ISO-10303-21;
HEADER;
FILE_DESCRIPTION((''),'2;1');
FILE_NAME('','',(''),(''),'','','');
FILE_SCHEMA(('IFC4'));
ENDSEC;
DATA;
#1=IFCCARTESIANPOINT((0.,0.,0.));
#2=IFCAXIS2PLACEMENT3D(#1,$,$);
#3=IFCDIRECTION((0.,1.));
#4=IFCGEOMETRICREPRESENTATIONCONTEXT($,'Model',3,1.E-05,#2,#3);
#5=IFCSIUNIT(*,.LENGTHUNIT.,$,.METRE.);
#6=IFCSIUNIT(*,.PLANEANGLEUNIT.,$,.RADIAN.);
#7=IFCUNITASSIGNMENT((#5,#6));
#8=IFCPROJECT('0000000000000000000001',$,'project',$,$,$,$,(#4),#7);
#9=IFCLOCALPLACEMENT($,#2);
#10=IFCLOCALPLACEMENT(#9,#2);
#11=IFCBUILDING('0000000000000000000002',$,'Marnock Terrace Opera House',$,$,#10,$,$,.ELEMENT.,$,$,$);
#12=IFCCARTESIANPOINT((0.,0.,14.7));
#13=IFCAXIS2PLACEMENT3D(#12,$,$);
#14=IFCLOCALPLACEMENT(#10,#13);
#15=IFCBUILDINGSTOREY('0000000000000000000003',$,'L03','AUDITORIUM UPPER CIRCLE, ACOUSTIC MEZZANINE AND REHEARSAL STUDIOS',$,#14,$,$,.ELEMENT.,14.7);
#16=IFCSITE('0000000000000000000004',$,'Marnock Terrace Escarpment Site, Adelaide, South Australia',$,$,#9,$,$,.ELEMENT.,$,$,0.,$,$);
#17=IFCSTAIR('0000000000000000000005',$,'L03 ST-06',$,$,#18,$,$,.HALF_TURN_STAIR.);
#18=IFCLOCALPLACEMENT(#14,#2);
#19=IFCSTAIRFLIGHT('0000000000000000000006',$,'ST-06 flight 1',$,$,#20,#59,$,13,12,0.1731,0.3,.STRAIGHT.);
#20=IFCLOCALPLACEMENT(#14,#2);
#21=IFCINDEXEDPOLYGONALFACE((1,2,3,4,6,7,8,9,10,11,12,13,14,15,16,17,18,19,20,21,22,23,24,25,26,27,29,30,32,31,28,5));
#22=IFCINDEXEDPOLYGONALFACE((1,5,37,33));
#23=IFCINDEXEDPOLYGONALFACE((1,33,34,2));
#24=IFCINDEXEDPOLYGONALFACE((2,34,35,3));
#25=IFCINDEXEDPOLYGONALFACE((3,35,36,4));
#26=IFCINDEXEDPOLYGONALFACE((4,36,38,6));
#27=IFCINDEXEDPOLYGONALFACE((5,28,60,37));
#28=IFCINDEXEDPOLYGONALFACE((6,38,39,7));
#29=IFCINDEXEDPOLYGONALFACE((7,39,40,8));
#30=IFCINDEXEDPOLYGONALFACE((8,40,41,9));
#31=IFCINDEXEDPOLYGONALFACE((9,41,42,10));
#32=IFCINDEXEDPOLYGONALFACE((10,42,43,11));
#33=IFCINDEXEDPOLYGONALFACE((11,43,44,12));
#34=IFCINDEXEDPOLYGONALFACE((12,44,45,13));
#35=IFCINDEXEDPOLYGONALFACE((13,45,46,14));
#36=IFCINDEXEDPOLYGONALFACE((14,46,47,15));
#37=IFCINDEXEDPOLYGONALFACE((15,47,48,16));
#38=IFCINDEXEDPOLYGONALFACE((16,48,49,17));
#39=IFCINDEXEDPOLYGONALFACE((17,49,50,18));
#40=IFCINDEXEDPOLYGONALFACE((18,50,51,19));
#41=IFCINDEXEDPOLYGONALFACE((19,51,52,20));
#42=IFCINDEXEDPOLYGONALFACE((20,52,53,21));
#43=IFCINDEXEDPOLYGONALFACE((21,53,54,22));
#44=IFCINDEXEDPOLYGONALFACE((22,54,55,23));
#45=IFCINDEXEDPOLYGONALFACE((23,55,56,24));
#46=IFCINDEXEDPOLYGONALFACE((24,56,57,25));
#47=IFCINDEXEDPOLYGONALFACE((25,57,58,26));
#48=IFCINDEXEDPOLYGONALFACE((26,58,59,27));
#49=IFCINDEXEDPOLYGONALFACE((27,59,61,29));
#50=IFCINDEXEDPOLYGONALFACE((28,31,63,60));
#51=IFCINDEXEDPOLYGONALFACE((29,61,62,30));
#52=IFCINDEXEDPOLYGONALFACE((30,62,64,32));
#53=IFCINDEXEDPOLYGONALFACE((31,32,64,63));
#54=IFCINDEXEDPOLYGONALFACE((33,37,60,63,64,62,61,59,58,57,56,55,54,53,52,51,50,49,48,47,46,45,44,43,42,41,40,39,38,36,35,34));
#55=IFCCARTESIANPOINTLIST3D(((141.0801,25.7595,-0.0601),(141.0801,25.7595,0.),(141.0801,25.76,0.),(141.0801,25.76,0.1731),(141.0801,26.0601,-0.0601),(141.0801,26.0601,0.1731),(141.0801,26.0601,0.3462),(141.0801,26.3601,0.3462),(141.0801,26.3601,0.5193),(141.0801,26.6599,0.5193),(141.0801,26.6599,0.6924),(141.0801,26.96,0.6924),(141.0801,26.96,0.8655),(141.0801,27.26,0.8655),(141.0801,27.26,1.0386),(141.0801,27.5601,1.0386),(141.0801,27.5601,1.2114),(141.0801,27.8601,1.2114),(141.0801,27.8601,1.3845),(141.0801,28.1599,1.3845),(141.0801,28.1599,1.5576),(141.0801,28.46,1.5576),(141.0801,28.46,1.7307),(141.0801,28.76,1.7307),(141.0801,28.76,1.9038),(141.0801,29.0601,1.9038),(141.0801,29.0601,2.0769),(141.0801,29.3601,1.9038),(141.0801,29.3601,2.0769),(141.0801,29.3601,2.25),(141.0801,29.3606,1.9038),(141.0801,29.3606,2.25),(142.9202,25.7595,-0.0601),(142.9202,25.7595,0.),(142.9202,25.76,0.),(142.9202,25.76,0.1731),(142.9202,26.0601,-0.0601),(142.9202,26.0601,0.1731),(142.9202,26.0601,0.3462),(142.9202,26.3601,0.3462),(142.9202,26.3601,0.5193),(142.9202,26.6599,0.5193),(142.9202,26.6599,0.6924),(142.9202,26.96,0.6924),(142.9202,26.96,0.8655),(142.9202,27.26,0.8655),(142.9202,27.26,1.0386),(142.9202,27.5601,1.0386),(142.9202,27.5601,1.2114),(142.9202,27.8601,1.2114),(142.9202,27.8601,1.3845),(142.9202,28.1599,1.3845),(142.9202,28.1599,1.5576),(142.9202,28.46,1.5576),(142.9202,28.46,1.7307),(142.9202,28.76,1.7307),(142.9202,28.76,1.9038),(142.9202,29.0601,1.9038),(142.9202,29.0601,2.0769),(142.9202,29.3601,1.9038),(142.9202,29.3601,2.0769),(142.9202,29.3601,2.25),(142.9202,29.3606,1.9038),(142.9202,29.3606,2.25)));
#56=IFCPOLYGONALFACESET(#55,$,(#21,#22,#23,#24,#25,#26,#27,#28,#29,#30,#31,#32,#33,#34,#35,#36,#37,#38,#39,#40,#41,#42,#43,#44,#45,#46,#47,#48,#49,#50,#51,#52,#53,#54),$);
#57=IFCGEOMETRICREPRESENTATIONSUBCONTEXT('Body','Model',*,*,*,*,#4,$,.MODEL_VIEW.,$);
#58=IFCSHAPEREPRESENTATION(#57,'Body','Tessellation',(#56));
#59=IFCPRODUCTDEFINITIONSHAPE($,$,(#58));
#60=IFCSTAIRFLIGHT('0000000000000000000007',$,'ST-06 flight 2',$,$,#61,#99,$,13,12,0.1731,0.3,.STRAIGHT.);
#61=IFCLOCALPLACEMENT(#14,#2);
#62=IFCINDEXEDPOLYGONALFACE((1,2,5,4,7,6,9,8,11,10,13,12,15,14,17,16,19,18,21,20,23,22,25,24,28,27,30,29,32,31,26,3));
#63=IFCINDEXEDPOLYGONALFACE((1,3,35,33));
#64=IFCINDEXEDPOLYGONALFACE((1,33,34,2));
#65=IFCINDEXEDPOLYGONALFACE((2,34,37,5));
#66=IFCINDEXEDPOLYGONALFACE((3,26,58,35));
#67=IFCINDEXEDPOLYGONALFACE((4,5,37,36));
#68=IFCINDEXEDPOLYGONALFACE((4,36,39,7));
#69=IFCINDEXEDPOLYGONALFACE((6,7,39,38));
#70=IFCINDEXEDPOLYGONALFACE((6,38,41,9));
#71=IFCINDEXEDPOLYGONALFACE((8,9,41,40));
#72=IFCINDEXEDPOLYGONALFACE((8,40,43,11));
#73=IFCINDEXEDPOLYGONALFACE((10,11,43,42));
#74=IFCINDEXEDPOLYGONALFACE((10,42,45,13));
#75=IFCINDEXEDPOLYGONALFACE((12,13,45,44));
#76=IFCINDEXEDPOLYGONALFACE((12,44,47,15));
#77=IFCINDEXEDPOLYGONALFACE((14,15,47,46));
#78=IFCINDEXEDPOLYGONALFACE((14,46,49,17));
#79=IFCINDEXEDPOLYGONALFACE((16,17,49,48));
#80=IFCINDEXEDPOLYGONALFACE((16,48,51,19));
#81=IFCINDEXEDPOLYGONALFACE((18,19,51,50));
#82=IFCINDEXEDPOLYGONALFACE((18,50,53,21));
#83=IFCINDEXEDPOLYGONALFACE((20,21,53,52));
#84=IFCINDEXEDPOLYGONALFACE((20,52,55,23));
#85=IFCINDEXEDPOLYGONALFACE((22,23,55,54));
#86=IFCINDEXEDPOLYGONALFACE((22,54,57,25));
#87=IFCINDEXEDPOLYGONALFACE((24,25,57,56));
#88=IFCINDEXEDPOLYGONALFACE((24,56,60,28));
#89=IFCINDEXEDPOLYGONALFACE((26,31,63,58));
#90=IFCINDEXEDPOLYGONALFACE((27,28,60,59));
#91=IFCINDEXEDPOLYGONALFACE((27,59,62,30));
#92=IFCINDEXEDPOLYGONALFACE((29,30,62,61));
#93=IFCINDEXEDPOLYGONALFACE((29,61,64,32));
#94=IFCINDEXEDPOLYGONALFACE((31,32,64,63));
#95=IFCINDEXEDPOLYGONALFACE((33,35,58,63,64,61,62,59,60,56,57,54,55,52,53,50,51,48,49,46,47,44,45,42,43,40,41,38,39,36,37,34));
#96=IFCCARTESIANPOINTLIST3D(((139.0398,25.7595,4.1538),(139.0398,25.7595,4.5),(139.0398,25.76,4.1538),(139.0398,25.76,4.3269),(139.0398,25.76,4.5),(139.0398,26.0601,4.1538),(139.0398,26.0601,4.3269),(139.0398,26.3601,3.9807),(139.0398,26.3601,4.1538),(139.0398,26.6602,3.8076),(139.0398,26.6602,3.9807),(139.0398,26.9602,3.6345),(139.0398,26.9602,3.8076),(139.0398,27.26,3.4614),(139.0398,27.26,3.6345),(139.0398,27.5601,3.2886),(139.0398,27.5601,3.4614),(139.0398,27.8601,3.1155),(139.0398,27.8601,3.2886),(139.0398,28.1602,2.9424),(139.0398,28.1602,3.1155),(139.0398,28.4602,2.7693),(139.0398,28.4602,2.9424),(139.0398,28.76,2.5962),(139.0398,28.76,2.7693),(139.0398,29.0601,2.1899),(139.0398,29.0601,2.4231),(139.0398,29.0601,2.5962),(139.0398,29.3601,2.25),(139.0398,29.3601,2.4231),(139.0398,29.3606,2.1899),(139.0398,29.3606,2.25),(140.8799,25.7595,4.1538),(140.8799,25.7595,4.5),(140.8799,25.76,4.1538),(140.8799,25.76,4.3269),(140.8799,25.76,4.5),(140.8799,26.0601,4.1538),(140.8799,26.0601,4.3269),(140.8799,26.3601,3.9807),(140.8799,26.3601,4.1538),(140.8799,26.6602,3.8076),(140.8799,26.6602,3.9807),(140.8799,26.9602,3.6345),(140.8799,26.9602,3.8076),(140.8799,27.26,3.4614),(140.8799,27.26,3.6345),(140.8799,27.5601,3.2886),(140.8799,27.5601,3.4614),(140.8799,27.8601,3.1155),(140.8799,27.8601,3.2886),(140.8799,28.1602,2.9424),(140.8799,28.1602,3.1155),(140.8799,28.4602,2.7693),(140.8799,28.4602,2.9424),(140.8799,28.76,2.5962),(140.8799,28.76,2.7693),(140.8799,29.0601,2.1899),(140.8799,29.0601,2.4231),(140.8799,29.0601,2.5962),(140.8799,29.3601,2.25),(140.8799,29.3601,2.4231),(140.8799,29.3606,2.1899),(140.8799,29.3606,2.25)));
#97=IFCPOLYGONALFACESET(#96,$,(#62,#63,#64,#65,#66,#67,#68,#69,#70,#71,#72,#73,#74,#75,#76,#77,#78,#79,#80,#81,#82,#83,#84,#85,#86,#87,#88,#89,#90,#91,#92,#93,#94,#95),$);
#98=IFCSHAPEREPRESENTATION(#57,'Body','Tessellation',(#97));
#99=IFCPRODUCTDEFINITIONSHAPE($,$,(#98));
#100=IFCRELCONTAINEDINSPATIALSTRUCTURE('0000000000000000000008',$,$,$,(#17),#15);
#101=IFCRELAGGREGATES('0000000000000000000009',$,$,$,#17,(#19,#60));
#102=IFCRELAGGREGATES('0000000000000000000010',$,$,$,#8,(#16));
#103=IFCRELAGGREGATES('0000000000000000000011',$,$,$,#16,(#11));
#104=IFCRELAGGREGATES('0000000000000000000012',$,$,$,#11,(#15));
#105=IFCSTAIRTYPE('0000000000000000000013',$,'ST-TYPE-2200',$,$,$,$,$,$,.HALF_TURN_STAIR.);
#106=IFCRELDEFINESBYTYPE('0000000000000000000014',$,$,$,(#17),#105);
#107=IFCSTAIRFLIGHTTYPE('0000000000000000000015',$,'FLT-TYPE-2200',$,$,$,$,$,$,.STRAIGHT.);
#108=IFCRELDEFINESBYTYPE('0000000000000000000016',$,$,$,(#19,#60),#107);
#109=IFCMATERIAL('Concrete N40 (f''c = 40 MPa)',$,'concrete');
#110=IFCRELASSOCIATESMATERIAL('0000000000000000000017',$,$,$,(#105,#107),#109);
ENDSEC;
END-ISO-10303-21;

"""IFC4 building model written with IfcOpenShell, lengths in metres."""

from ifc_helpers import new_model, si_unit, direction, frame, origin, place, context, subcontext, project, spatial, polyline, outline, extrude, material, type_object, element, aggregate, save


model = new_model("IFC4")

# Units and contexts
model_context = context("Model", 3, precision=1e-05, world=origin(), true_north=direction((0.0, 1.0)))
body_context = subcontext(model_context, "Body", "Model", "MODEL_VIEW")
ifc_project = project(units=[si_unit("LENGTHUNIT", "METRE"), si_unit("PLANEANGLEUNIT", "RADIAN")], contexts=[model_context])

# Site, building, storey
site_placement = place(None, origin())
site = spatial("IfcSite", under=ifc_project, at=site_placement, Name="Marnock Terrace Escarpment Site, Adelaide, South Australia", CompositionType="ELEMENT", RefElevation=0.0)
building_placement = place(site_placement, origin())
building = spatial("IfcBuilding", under=site, at=building_placement, Name="Marnock Terrace Opera House", CompositionType="ELEMENT")
storey_placement = place(building_placement, frame((0.0, 0.0, 14.7)))
storey = spatial("IfcBuildingStorey", under=building, at=storey_placement, Name="L03", Description="AUDITORIUM UPPER CIRCLE, ACOUSTIC MEZZANINE AND REHEARSAL STUDIOS", CompositionType="ELEMENT", Elevation=14.7)

# Shared definitions
ifc_material_1 = material(Name="Concrete N40 (f'c = 40 MPa)", Category="concrete")

# Stair, stair flights
stair_type = type_object("IfcStairType", Name="ST-TYPE-2200", PredefinedType="HALF_TURN_STAIR", material=ifc_material_1)
stair_placement = place(storey_placement, origin())
stair = element("IfcStair", 1, at=stair_placement, inside=storey, type_object=stair_type, Name="L03 ST-06", PredefinedType="HALF_TURN_STAIR")
stair_flight_type = type_object("IfcStairFlightType", Name="FLT-TYPE-2200", PredefinedType="STRAIGHT", material=ifc_material_1)
stair_flight_1_placement = place(storey_placement, frame((142.0, 25.76, 0.0), z_axis=(0.0, 0.0, 1.0), x_axis=(0.0, 1.0, 0.0)))
stair_flight_1 = element("IfcStairFlight", 2, at=stair_flight_1_placement, type_object=stair_flight_type, Name="ST-06 flight 1", NumberOfRisers=13, NumberOfTreads=12, PredefinedType="STRAIGHT", RiserHeight=0.1731, TreadLength=0.3, context=body_context, shape_type="SweptSolid", body=[
    extrude(outline(polyline([(-0.0005, -0.0601), (-0.0005, 0.0), (0.0, 0.0), (0.0, 0.1731), (0.3, 0.1731), (0.3, 0.3462), (0.6001, 0.3462), (0.6001, 0.5193), (0.8999, 0.5193), (0.8999, 0.6924), (1.2, 0.6924), (1.2, 0.8655), (1.5, 0.8655), (1.5, 1.0386), (1.8, 1.0386), (1.8, 1.2114), (2.1001, 1.2114), (2.1001, 1.3845), (2.3999, 1.3845), (2.3999, 1.5576), (2.7, 1.5576), (2.7, 1.7307), (3.0, 1.7307), (3.0, 1.9038), (3.3, 1.9038), (3.3, 2.0769), (3.6001, 2.0769), (3.6001, 2.25), (3.6006, 2.25), (3.6006, 1.9038), (3.6001, 1.9038), (0.3, -0.0601), (-0.0005, -0.0601)])), frame((0.0, 0.9199, 0.0), z_axis=(0.0, -1.0, 0.0), x_axis=(1.0, 0.0, 0.0)), (0.0, 0.0, 1.0), 1.8401),
])
stair_flight_2_placement = place(storey_placement, frame((139.96, 29.3601, 2.25), z_axis=(0.0, 0.0, 1.0), x_axis=(0.0, -1.0, 0.0)))
stair_flight_2 = element("IfcStairFlight", 3, at=stair_flight_2_placement, type_object=stair_flight_type, Name="ST-06 flight 2", NumberOfRisers=13, NumberOfTreads=12, PredefinedType="STRAIGHT", RiserHeight=0.1731, TreadLength=0.3, context=body_context, shape_type="SweptSolid", body=[
    extrude(outline(polyline([(-0.0005, -0.0601), (-0.0005, 0.0), (0.0, 0.0), (0.0, 0.1731), (0.3, 0.1731), (0.3, 0.3462), (0.6001, 0.3462), (0.6001, 0.5193), (0.8999, 0.5193), (0.8999, 0.6924), (1.2, 0.6924), (1.2, 0.8655), (1.5, 0.8655), (1.5, 1.0386), (1.8, 1.0386), (1.8, 1.2114), (2.1001, 1.2114), (2.1001, 1.3845), (2.3999, 1.3845), (2.3999, 1.5576), (2.7, 1.5576), (2.7, 1.7307), (3.0, 1.7307), (3.0, 1.9038), (3.3, 1.9038), (3.3, 2.0769), (3.6001, 2.0769), (3.6001, 2.25), (3.6006, 2.25), (3.6006, 1.9038), (3.6001, 1.9038), (0.3, -0.0601), (-0.0005, -0.0601)])), frame((0.0, 0.9199, 0.0), z_axis=(0.0, -1.0, 0.0), x_axis=(1.0, 0.0, 0.0)), (0.0, 0.0, 1.0), 1.8401),
])
aggregate(stair, [stair_flight_1, stair_flight_2])

save(model, "model.ifc")
